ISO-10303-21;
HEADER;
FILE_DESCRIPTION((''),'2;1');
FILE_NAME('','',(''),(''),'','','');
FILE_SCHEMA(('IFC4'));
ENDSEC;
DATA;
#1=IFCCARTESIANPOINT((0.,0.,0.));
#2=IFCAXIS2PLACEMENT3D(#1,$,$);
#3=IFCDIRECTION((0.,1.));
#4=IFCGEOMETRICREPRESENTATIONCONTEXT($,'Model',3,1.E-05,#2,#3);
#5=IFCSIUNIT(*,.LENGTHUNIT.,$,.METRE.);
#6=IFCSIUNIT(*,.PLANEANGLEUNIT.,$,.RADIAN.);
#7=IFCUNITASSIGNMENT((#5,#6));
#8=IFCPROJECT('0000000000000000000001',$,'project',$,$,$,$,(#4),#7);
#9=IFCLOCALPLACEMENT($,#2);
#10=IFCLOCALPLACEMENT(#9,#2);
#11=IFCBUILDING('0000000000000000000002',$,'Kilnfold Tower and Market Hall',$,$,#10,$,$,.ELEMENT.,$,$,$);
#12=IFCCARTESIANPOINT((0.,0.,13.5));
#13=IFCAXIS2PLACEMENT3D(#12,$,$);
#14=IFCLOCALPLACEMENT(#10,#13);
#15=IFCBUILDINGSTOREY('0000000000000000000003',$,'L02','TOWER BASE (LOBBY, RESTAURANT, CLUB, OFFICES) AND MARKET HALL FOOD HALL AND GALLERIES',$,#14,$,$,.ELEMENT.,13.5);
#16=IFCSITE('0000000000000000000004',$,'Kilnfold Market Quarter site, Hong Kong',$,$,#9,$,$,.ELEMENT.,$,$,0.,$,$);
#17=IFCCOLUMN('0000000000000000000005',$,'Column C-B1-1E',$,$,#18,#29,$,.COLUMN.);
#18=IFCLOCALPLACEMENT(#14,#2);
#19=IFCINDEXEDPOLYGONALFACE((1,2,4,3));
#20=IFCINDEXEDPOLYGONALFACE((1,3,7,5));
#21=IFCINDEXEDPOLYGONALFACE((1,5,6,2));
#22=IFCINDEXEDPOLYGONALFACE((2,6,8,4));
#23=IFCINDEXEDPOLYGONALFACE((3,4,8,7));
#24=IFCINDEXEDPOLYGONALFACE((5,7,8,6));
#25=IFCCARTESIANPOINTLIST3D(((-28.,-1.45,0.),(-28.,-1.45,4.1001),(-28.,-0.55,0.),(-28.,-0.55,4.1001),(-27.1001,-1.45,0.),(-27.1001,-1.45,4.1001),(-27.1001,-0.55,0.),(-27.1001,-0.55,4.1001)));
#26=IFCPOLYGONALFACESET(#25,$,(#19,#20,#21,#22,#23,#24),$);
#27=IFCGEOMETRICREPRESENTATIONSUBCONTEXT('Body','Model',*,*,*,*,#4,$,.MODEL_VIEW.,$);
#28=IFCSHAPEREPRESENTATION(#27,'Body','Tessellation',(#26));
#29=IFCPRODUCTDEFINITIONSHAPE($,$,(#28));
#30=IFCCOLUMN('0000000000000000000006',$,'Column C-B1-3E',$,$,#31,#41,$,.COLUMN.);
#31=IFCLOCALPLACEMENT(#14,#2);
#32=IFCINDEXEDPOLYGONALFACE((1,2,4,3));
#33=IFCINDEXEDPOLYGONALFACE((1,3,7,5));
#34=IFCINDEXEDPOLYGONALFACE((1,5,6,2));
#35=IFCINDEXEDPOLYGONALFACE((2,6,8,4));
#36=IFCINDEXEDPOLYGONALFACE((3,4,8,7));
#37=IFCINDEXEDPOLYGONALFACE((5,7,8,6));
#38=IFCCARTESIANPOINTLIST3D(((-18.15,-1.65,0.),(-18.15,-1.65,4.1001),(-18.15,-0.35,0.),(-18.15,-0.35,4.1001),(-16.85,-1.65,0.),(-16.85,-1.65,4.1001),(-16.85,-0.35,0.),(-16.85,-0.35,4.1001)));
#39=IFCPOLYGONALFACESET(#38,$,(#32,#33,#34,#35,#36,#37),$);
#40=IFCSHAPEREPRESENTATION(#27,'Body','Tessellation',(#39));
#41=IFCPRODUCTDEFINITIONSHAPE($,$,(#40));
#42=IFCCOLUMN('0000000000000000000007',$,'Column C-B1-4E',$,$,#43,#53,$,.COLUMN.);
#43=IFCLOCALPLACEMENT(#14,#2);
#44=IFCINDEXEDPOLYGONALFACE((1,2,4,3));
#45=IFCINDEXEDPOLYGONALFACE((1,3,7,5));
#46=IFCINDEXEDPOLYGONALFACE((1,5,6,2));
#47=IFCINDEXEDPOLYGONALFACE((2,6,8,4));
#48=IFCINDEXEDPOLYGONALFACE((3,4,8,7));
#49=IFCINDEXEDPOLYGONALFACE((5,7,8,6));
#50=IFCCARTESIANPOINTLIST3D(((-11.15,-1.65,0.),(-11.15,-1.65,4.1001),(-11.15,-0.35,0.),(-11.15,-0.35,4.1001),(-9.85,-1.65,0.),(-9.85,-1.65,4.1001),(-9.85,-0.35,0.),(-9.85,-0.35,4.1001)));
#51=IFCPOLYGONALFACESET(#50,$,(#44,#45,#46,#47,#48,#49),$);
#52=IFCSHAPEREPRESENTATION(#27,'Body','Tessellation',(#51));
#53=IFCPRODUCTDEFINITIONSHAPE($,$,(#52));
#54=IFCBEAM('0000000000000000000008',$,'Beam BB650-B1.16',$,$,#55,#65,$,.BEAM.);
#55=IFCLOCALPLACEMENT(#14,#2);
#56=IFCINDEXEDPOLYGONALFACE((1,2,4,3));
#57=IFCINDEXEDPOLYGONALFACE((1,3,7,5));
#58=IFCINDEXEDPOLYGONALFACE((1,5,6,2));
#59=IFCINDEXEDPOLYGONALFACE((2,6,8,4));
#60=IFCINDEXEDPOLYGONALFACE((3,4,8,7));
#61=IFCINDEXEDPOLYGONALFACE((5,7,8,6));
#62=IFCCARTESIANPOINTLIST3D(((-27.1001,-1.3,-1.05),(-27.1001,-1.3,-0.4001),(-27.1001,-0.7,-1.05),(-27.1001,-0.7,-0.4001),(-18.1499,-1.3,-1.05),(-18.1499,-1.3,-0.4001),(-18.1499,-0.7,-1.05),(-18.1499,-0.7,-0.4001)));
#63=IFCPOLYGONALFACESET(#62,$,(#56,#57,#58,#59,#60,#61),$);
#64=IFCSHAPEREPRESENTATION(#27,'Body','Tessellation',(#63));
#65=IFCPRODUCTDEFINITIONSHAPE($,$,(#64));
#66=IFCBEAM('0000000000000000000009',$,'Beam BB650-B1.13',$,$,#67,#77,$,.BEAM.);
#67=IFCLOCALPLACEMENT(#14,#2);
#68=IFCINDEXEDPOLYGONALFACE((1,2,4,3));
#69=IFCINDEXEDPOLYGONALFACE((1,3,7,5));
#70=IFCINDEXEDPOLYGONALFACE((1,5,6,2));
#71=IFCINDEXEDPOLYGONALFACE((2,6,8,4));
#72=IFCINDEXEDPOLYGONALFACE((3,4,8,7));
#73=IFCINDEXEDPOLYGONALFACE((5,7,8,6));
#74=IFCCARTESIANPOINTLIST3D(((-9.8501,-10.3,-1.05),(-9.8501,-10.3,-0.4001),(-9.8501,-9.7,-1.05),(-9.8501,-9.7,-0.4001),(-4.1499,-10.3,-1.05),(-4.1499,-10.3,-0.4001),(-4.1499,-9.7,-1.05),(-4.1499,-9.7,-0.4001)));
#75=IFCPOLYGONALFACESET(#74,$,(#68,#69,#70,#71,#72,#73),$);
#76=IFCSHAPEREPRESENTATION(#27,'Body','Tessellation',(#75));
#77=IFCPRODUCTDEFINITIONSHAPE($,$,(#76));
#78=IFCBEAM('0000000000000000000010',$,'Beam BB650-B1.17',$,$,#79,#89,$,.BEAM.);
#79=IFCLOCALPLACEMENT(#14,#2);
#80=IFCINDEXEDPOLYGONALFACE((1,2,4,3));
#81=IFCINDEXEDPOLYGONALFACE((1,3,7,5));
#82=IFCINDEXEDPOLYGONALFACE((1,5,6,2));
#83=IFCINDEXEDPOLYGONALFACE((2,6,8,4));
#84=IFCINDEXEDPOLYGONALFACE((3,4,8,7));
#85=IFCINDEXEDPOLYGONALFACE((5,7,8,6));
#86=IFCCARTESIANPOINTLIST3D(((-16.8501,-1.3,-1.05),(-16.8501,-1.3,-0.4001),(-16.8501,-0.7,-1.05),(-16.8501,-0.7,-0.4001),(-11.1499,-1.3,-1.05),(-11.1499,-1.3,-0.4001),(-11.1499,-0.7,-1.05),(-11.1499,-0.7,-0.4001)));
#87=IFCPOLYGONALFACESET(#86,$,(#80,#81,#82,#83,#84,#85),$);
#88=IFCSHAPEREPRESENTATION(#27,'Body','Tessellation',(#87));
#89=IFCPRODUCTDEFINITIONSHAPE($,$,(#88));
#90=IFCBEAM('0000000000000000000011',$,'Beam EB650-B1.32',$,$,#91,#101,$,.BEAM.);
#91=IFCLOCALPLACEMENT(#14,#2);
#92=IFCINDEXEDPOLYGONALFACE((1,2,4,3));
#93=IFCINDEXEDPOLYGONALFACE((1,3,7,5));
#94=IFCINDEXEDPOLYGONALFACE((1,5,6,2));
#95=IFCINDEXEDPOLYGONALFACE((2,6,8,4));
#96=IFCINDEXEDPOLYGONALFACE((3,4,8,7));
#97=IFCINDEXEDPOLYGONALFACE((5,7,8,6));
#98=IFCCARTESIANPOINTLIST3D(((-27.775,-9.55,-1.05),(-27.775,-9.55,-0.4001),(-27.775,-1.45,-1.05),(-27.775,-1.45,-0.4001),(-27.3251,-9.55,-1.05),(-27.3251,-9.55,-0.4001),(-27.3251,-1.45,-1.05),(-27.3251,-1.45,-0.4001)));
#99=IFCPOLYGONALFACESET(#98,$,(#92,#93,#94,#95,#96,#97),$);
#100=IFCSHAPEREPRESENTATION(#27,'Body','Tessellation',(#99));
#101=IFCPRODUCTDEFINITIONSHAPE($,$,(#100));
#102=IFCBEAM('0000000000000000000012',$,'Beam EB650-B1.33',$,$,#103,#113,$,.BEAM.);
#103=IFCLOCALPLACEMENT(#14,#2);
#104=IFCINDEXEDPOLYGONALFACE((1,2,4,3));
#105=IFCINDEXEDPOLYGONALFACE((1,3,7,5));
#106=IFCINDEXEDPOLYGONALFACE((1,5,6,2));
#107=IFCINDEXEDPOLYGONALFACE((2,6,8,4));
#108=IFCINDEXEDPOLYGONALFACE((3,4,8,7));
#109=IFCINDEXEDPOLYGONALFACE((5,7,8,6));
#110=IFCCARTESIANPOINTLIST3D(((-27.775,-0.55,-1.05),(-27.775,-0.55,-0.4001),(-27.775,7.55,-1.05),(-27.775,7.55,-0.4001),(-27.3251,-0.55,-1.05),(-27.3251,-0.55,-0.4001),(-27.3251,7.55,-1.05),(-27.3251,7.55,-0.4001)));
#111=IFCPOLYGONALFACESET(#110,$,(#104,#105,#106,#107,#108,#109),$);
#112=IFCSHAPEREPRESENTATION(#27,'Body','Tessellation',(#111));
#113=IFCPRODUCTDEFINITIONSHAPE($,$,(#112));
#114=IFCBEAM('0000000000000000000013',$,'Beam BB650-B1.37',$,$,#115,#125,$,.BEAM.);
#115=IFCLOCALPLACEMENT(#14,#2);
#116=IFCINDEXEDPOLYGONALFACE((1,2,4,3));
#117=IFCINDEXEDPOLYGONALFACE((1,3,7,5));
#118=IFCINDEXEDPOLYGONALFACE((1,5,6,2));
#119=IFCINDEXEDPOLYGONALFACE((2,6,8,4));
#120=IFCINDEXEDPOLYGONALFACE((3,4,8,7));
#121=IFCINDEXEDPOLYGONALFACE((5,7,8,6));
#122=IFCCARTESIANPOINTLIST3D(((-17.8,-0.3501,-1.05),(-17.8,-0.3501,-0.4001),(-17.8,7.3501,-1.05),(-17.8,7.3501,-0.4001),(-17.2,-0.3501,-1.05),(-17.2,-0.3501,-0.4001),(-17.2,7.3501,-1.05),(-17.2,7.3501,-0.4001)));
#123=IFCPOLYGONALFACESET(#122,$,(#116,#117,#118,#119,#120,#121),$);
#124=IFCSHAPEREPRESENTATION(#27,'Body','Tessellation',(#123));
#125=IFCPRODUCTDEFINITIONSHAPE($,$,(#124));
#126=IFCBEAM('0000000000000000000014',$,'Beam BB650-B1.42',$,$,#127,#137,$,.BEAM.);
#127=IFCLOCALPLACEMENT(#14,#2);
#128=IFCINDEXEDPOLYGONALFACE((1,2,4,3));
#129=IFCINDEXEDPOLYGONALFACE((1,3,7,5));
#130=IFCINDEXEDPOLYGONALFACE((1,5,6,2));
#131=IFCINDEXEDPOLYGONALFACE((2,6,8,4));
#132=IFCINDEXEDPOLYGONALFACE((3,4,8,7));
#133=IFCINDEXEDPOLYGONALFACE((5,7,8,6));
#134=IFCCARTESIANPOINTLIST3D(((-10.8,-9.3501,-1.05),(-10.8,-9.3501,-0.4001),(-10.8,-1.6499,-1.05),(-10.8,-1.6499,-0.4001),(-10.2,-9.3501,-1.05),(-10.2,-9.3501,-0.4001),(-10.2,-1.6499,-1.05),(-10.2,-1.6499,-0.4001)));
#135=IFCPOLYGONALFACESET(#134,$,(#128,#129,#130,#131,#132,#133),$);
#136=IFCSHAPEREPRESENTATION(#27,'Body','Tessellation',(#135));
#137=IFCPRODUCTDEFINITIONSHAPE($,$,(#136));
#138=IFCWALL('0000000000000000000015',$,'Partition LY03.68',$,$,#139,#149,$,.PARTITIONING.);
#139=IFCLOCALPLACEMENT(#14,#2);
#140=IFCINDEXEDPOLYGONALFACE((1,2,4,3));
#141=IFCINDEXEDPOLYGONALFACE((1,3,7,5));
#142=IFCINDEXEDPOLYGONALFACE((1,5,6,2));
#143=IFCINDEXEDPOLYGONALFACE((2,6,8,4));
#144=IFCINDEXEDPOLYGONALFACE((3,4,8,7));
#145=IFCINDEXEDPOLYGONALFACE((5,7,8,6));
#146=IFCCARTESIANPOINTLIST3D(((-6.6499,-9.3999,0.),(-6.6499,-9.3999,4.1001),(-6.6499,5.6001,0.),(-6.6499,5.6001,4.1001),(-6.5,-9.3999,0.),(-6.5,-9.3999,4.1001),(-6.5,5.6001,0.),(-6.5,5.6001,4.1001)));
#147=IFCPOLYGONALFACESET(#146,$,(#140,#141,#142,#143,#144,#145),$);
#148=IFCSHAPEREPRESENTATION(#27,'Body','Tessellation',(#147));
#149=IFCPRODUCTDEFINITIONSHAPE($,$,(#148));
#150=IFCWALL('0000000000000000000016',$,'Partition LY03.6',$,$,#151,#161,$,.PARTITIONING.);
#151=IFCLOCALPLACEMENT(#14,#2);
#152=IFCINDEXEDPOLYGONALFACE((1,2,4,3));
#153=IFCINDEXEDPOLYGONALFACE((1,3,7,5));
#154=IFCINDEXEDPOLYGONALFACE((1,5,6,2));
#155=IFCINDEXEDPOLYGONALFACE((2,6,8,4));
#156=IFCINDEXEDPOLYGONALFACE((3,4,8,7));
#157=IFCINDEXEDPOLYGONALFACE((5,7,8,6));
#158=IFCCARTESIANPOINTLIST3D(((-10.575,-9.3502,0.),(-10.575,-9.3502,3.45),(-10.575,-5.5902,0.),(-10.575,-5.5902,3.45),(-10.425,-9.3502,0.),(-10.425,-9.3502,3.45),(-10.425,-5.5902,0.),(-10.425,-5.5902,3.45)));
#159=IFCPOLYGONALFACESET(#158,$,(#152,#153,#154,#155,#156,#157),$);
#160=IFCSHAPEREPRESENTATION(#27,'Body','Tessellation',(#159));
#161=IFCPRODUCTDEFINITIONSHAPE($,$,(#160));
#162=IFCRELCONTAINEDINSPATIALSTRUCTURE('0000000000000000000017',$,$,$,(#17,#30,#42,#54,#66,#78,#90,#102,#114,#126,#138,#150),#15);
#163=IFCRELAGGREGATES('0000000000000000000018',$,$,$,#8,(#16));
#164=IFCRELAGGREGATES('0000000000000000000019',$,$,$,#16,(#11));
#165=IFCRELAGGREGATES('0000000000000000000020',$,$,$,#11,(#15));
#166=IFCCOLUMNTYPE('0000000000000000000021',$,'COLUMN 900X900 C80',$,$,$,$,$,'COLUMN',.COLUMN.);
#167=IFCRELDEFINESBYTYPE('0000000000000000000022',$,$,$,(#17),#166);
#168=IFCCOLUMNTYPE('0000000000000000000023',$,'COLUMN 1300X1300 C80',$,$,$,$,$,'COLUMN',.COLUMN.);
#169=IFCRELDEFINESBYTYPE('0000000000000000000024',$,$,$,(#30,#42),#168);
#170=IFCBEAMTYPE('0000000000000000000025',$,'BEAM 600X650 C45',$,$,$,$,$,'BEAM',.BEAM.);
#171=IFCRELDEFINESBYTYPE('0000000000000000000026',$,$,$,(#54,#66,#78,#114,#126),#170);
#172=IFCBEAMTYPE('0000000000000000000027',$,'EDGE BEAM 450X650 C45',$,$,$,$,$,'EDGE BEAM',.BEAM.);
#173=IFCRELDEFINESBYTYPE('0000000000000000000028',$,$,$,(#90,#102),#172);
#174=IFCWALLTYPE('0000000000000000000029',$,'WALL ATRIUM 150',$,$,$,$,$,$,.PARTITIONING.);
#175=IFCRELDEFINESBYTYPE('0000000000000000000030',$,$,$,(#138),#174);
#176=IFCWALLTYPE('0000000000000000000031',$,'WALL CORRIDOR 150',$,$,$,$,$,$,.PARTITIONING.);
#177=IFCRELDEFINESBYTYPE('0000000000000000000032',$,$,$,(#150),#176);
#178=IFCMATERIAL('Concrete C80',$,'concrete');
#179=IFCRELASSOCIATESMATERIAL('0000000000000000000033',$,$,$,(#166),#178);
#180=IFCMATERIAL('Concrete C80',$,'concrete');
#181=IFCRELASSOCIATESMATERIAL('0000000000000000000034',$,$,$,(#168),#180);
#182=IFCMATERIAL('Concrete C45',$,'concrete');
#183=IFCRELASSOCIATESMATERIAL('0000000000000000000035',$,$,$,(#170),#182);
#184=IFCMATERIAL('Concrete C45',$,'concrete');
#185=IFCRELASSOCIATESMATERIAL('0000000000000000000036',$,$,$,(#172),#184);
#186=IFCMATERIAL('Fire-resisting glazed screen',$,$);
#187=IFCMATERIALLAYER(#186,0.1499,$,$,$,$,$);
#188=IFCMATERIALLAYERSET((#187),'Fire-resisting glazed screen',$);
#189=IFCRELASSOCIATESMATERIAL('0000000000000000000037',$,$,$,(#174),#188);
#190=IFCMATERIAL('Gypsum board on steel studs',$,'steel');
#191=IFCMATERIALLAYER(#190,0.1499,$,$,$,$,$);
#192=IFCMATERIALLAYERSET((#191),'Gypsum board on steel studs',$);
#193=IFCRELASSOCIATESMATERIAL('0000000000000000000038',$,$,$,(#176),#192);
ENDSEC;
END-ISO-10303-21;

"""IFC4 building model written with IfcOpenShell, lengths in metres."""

from ifc_helpers import new_model, si_unit, direction, frame, frame_2d, origin, origin_2d, place, context, subcontext, project, spatial, rectangle, extrude, source, transform, mapped, material, layer, layer_set, material_profile, profile_set, type_object, element, save


model = new_model("IFC4")

# Units and contexts
model_context = context("Model", 3, precision=1e-05, world=origin(), true_north=direction((0.0, 1.0)))
body_context = subcontext(model_context, "Body", "Model", "MODEL_VIEW")
ifc_project = project(units=[si_unit("LENGTHUNIT", "METRE"), si_unit("PLANEANGLEUNIT", "RADIAN")], contexts=[model_context])

# Site, building, storey
site_placement = place(None, origin())
site = spatial("IfcSite", under=ifc_project, at=site_placement, Name="Kilnfold Market Quarter site, Hong Kong", CompositionType="ELEMENT", RefElevation=0.0)
building_placement = place(site_placement, origin())
building = spatial("IfcBuilding", under=site, at=building_placement, Name="Kilnfold Tower and Market Hall", CompositionType="ELEMENT")
storey_placement = place(building_placement, frame((0.0, 0.0, 13.5)))
storey = spatial("IfcBuildingStorey", under=building, at=storey_placement, Name="L02", Description="TOWER BASE (LOBBY, RESTAURANT, CLUB, OFFICES) AND MARKET HALL FOOD HALL AND GALLERIES", CompositionType="ELEMENT", Elevation=13.5)

# Columns
ifc_material_1 = material(Name="Concrete C80", Category="concrete")
ifc_material_profile_1 = material_profile(ifc_material_1, rectangle(XDim=0.8999, YDim=0.8999, at=origin_2d()), Name="RC 900x900")
ifc_profile_set_1 = profile_set([ifc_material_profile_1], Name="Concrete C80")
column_type_1 = type_object("IfcColumnType", Name="COLUMN 900X900 C80", ElementType="COLUMN", PredefinedType="COLUMN", material=ifc_profile_set_1)
shared_shape_1 = source(origin(), body_context, "Body", "SweptSolid", [
    extrude(rectangle(XDim=0.8999, YDim=0.8999, at=origin_2d()), origin(), (0.0, 0.0, 1.0), 4.1001),
])
column_placement = place(storey_placement, frame((-27.55, -1.0, 0.0), z_axis=(0.0, 0.0, 1.0), x_axis=(1.0, 0.0, 0.0)))
element("IfcColumn", 1, at=column_placement, inside=storey, type_object=column_type_1, Name="Column C-B1-1E", PredefinedType="COLUMN", context=body_context, shape_type="MappedRepresentation", body=[
    mapped(shared_shape_1, transform((0.0, 0.0, 0.0))),
])
ifc_material_2 = material(Name="Concrete C80", Category="concrete")
ifc_material_profile_2 = material_profile(ifc_material_2, rectangle(XDim=1.3, YDim=1.3, at=origin_2d()), Name="RC 1300x1300")
ifc_profile_set_2 = profile_set([ifc_material_profile_2], Name="Concrete C80")
column_type_2 = type_object("IfcColumnType", Name="COLUMN 1300X1300 C80", ElementType="COLUMN", PredefinedType="COLUMN", material=ifc_profile_set_2)
shared_shape_2 = source(origin(), body_context, "Body", "SweptSolid", [
    extrude(rectangle(XDim=1.3, YDim=1.3, at=origin_2d()), origin(), (0.0, 0.0, 1.0), 4.1001),
])
for number, where, z_axis, x_axis, name in (
    (2, (-17.5, -1.0, 0.0), (0.0, 0.0, 1.0), (1.0, 0.0, 0.0), "Column C-B1-3E"),
    (3, (-10.5, -1.0, 0.0), (0.0, 0.0, 1.0), (1.0, 0.0, 0.0), "Column C-B1-4E"),
):
    element("IfcColumn", number, at=place(storey_placement, frame(where, z_axis=z_axis, x_axis=x_axis)), inside=storey, type_object=column_type_2, Name=name, PredefinedType="COLUMN", context=body_context, shape_type="MappedRepresentation", body=[
        mapped(shared_shape_2, transform((0.0, 0.0, 0.0))),
    ])

# Beams
ifc_material_3 = material(Name="Concrete C45", Category="concrete")
ifc_material_profile_3 = material_profile(ifc_material_3, rectangle(XDim=0.6001, YDim=0.6499, at=origin_2d()), Name="RC 600x650")
ifc_profile_set_3 = profile_set([ifc_material_profile_3], Name="Concrete C45")
beam_type_1 = type_object("IfcBeamType", Name="BEAM 600X650 C45", ElementType="BEAM", PredefinedType="BEAM", material=ifc_profile_set_3)
shared_shape_3 = source(origin(), body_context, "Body", "SweptSolid", [
    extrude(rectangle(XDim=0.6001, YDim=0.6499, at=origin_2d()), origin(), (0.0, 0.0, 1.0), 8.9502),
])
beam_placement = place(storey_placement, frame((-27.1001, -1.0, -0.7251), z_axis=(1.0, 0.0, 0.0), x_axis=(0.0, 1.0, 0.0)))
element("IfcBeam", 4, at=beam_placement, inside=storey, type_object=beam_type_1, Name="Beam BB650-B1.16", PredefinedType="BEAM", context=body_context, shape_type="MappedRepresentation", body=[
    mapped(shared_shape_3, transform((0.0, 0.0, 0.0))),
])
shared_shape_4 = source(origin(), body_context, "Body", "SweptSolid", [
    extrude(rectangle(XDim=0.6001, YDim=0.6499, at=origin_2d()), origin(), (0.0, 0.0, 1.0), 5.7002),
])
for number, where, z_axis, x_axis, name in (
    (5, (-9.8501, -10.0, -0.7251), (1.0, 0.0, 0.0), (0.0, 1.0, 0.0), "Beam BB650-B1.13"),
    (6, (-16.8501, -1.0, -0.7251), (1.0, 0.0, 0.0), (0.0, 1.0, 0.0), "Beam BB650-B1.17"),
):
    element("IfcBeam", number, at=place(storey_placement, frame(where, z_axis=z_axis, x_axis=x_axis)), inside=storey, type_object=beam_type_1, Name=name, PredefinedType="BEAM", context=body_context, shape_type="MappedRepresentation", body=[
        mapped(shared_shape_4, transform((0.0, 0.0, 0.0))),
    ])
ifc_material_4 = material(Name="Concrete C45", Category="concrete")
ifc_material_profile_4 = material_profile(ifc_material_4, rectangle(XDim=0.45, YDim=0.6499, at=origin_2d()), Name="RC 450x650")
ifc_profile_set_4 = profile_set([ifc_material_profile_4], Name="Concrete C45")
beam_type_2 = type_object("IfcBeamType", Name="EDGE BEAM 450X650 C45", ElementType="EDGE BEAM", PredefinedType="BEAM", material=ifc_profile_set_4)
shared_shape_5 = source(origin(), body_context, "Body", "SweptSolid", [
    extrude(rectangle(XDim=0.45, YDim=0.6499, at=origin_2d()), origin(), (0.0, 0.0, 1.0), 8.1001),
])
for number, where, z_axis, x_axis, name in (
    (7, (-27.55, -9.55, -0.7251), (0.0, 1.0, 0.0), (-1.0, 0.0, 0.0), "Beam EB650-B1.32"),
    (8, (-27.55, -0.55, -0.7251), (0.0, 1.0, 0.0), (-1.0, 0.0, 0.0), "Beam EB650-B1.33"),
):
    element("IfcBeam", number, at=place(storey_placement, frame(where, z_axis=z_axis, x_axis=x_axis)), inside=storey, type_object=beam_type_2, Name=name, PredefinedType="BEAM", context=body_context, shape_type="MappedRepresentation", body=[
        mapped(shared_shape_5, transform((0.0, 0.0, 0.0))),
    ])
shared_shape_6 = source(origin(), body_context, "Body", "SweptSolid", [
    extrude(rectangle(XDim=0.6001, YDim=0.6499, at=origin_2d()), origin(), (0.0, 0.0, 1.0), 7.7002),
])
for number, where, z_axis, x_axis, name in (
    (9, (-17.5, -0.3501, -0.7251), (0.0, 1.0, 0.0), (-1.0, 0.0, 0.0), "Beam BB650-B1.37"),
    (10, (-10.5, -9.3501, -0.7251), (0.0, 1.0, 0.0), (-1.0, 0.0, 0.0), "Beam BB650-B1.42"),
):
    element("IfcBeam", number, at=place(storey_placement, frame(where, z_axis=z_axis, x_axis=x_axis)), inside=storey, type_object=beam_type_1, Name=name, PredefinedType="BEAM", context=body_context, shape_type="MappedRepresentation", body=[
        mapped(shared_shape_6, transform((0.0, 0.0, 0.0))),
    ])

# Walls
ifc_material_5 = material(Name="Fire-resisting glazed screen")
ifc_layer_1 = layer(ifc_material_5, 0.1499)
ifc_layer_set_1 = layer_set([ifc_layer_1], Name="Fire-resisting glazed screen")
wall_type_1 = type_object("IfcWallType", Name="WALL ATRIUM 150", PredefinedType="PARTITIONING", material=ifc_layer_set_1)
wall_1_placement = place(storey_placement, frame((-6.575, -9.3999, 0.0), z_axis=(0.0, 0.0, 1.0), x_axis=(0.0, 1.0, 0.0)))
element("IfcWall", 11, at=wall_1_placement, inside=storey, type_object=wall_type_1, Name="Partition LY03.68", PredefinedType="PARTITIONING", context=body_context, shape_type="SweptSolid", body=[
    extrude(rectangle(XDim=15.0, YDim=0.1499, at=frame_2d((7.5, 0.0))), origin(), (0.0, 0.0, 1.0), 4.1001),
])
ifc_material_6 = material(Name="Gypsum board on steel studs", Category="steel")
ifc_layer_2 = layer(ifc_material_6, 0.1499)
ifc_layer_set_2 = layer_set([ifc_layer_2], Name="Gypsum board on steel studs")
wall_type_2 = type_object("IfcWallType", Name="WALL CORRIDOR 150", PredefinedType="PARTITIONING", material=ifc_layer_set_2)
wall_2_placement = place(storey_placement, frame((-10.5, -9.3501, 0.0), z_axis=(0.0, 0.0, 1.0), x_axis=(0.0, 1.0, 0.0)))
element("IfcWall", 12, at=wall_2_placement, inside=storey, type_object=wall_type_2, Name="Partition LY03.6", PredefinedType="PARTITIONING", context=body_context, shape_type="SweptSolid", body=[
    extrude(rectangle(XDim=3.76, YDim=0.1499, at=frame_2d((1.8799, 0.0))), origin(), (0.0, 0.0, 1.0), 3.45),
])

save(model, "model.ifc")
